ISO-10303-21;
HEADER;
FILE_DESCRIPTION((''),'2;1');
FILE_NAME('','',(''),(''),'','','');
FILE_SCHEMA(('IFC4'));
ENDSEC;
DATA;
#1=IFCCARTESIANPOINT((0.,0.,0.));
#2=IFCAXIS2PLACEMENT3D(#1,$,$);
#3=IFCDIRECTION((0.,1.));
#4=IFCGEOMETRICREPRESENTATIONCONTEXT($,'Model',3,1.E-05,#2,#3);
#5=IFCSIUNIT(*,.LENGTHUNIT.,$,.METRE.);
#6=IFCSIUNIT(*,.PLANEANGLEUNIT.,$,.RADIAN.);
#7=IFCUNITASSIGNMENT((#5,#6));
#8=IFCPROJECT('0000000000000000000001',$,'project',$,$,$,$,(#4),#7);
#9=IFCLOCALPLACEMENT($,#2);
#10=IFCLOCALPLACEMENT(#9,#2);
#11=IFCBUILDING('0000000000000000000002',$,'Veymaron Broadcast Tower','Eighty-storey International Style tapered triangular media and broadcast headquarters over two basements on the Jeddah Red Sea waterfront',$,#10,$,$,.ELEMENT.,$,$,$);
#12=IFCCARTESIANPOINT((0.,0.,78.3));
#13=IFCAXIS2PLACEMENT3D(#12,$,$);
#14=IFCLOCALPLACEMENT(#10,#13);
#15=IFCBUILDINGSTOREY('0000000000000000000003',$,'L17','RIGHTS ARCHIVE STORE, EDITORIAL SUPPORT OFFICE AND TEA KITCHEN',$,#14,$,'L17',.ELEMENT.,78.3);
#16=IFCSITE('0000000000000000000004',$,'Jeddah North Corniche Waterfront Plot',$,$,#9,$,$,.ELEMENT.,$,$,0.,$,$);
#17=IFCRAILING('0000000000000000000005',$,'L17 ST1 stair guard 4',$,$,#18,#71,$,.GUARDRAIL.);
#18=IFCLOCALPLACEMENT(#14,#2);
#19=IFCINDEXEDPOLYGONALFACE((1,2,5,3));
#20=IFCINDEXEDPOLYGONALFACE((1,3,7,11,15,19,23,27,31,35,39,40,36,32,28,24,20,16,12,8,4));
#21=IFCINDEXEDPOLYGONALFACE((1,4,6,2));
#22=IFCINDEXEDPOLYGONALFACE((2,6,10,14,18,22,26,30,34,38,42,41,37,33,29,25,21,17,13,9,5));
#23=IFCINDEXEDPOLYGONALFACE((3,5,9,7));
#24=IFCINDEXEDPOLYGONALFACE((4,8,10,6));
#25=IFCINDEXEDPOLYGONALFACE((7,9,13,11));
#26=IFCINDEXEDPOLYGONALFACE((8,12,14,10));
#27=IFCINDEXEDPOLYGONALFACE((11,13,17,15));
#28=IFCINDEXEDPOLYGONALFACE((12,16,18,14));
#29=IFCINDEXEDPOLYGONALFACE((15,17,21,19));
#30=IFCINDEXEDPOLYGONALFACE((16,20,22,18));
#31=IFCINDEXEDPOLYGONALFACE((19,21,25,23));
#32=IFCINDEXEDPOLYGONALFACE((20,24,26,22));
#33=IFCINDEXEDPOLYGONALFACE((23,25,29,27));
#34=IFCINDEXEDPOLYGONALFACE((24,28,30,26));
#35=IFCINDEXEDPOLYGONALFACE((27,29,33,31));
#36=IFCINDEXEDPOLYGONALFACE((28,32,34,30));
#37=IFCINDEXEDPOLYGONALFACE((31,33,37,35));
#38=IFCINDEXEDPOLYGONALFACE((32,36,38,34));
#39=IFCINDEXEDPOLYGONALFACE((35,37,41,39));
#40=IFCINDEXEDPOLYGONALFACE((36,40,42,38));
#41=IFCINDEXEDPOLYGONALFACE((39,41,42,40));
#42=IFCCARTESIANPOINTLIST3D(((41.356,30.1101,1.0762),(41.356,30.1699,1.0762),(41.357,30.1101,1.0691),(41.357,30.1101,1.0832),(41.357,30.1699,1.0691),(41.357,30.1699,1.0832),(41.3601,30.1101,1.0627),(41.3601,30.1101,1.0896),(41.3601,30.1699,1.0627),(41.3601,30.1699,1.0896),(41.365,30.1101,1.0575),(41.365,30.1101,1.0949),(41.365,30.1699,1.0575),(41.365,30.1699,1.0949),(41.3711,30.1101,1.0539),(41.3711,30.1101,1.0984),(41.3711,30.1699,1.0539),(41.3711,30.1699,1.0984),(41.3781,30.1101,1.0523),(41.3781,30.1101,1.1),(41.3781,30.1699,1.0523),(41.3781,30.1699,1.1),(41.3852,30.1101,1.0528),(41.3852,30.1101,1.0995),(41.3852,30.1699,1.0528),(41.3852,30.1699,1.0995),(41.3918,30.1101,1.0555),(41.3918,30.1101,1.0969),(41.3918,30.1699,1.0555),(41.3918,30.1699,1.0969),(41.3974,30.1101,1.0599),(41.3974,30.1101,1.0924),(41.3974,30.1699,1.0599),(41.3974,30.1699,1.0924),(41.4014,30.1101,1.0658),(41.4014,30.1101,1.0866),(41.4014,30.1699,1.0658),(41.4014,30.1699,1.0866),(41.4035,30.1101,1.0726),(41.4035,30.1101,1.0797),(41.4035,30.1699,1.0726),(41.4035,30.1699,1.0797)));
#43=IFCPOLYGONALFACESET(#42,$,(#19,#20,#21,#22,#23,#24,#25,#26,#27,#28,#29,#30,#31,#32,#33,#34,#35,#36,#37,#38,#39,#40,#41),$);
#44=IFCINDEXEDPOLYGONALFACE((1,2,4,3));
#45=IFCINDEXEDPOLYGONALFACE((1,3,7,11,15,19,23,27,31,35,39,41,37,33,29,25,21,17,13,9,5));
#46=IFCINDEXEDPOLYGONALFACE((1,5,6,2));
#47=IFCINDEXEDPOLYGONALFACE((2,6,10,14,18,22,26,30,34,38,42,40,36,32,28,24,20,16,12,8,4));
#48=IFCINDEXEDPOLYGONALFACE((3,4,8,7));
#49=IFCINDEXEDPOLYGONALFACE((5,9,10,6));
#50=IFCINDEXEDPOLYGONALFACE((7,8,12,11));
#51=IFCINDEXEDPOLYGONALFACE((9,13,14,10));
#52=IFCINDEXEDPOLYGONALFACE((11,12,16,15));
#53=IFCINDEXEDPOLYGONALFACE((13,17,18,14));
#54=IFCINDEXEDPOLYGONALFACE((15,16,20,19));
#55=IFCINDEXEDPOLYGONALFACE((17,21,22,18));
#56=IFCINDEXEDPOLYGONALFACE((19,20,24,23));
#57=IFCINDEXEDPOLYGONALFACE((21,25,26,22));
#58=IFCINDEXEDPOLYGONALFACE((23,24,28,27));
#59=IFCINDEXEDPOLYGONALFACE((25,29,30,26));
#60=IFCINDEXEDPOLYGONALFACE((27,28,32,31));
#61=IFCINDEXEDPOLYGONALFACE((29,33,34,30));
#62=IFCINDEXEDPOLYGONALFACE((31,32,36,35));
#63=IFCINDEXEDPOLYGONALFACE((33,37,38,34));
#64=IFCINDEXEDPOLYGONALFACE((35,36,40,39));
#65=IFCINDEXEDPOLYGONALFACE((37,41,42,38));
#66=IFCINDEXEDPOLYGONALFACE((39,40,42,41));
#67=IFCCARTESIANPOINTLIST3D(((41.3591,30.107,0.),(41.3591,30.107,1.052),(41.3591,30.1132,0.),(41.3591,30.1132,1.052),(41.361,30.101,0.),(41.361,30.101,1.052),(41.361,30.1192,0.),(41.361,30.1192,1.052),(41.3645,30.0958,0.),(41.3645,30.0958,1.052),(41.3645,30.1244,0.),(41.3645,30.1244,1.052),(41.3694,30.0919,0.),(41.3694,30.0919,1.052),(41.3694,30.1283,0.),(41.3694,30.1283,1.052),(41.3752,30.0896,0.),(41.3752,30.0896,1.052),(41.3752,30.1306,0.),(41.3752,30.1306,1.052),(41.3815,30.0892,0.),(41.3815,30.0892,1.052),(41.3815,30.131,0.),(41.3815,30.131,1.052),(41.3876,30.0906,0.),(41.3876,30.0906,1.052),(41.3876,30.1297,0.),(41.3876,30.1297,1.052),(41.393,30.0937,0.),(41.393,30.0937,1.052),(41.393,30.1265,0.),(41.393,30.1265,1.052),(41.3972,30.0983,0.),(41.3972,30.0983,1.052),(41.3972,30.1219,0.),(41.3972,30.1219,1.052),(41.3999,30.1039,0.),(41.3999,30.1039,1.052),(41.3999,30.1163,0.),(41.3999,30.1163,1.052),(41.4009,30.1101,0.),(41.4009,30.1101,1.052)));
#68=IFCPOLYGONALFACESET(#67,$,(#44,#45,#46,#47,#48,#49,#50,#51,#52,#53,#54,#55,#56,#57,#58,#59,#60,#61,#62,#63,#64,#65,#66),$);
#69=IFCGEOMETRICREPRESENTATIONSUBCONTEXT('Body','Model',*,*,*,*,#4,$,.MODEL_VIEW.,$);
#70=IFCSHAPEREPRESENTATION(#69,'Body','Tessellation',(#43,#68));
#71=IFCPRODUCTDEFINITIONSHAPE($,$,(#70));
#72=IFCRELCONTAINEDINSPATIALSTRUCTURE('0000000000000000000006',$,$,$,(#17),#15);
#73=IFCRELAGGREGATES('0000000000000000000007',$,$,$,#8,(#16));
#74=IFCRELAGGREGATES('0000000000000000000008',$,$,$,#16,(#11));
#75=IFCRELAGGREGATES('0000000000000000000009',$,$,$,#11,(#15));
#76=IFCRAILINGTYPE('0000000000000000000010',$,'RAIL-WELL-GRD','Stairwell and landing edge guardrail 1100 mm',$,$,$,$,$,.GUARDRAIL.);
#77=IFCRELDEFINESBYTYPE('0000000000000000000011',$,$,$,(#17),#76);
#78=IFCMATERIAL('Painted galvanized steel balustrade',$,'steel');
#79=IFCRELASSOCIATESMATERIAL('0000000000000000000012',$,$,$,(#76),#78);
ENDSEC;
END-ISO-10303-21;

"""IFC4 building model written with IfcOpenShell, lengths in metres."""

from ifc_helpers import new_model, si_unit, direction, frame, origin, origin_2d, place, context, subcontext, project, spatial, circle, extrude, material, type_object, element, save


model = new_model("IFC4")

# Units and contexts
model_context = context("Model", 3, precision=1e-05, world=origin(), true_north=direction((0.0, 1.0)))
body_context = subcontext(model_context, "Body", "Model", "MODEL_VIEW")
ifc_project = project(units=[si_unit("LENGTHUNIT", "METRE"), si_unit("PLANEANGLEUNIT", "RADIAN")], contexts=[model_context])

# Site, building, storey
site_placement = place(None, origin())
site = spatial("IfcSite", under=ifc_project, at=site_placement, Name="Jeddah North Corniche Waterfront Plot", CompositionType="ELEMENT", RefElevation=0.0)
building_placement = place(site_placement, origin())
building = spatial("IfcBuilding", under=site, at=building_placement, Name="Veymaron Broadcast Tower", Description="Eighty-storey International Style tapered triangular media and broadcast headquarters over two basements on the Jeddah Red Sea waterfront", CompositionType="ELEMENT")
storey_placement = place(building_placement, frame((0.0, 0.0, 78.3)))
storey = spatial("IfcBuildingStorey", under=building, at=storey_placement, Name="L17", Description="RIGHTS ARCHIVE STORE, EDITORIAL SUPPORT OFFICE AND TEA KITCHEN", LongName="L17", CompositionType="ELEMENT", Elevation=78.3)

# Railing
ifc_material_1 = material(Name="Painted galvanized steel balustrade", Category="steel")
railing_type_1 = type_object("IfcRailingType", Name="RAIL-WELL-GRD", Description="Stairwell and landing edge guardrail 1100 mm", PredefinedType="GUARDRAIL", material=ifc_material_1)
railing_1_placement = place(storey_placement, frame((41.3799, 30.1101, 0.0)))
element("IfcRailing", 1, at=railing_1_placement, inside=storey, type_object=railing_type_1, Name="L17 ST1 stair guard 4", PredefinedType="GUARDRAIL", context=body_context, shape_type="SweptSolid", body=[
    extrude(circle(Radius=0.0239, at=origin_2d()), frame((0.0, 0.0, 1.0762), z_axis=(0.0, 1.0, 0.0), x_axis=(-1.0, 0.0, 0.0)), (0.0, 0.0, 1.0), 0.0598),
    extrude(circle(Radius=0.021, at=origin_2d()), origin(), (0.0, 0.0, 1.0), 1.052),
])

save(model, "model.ifc")
